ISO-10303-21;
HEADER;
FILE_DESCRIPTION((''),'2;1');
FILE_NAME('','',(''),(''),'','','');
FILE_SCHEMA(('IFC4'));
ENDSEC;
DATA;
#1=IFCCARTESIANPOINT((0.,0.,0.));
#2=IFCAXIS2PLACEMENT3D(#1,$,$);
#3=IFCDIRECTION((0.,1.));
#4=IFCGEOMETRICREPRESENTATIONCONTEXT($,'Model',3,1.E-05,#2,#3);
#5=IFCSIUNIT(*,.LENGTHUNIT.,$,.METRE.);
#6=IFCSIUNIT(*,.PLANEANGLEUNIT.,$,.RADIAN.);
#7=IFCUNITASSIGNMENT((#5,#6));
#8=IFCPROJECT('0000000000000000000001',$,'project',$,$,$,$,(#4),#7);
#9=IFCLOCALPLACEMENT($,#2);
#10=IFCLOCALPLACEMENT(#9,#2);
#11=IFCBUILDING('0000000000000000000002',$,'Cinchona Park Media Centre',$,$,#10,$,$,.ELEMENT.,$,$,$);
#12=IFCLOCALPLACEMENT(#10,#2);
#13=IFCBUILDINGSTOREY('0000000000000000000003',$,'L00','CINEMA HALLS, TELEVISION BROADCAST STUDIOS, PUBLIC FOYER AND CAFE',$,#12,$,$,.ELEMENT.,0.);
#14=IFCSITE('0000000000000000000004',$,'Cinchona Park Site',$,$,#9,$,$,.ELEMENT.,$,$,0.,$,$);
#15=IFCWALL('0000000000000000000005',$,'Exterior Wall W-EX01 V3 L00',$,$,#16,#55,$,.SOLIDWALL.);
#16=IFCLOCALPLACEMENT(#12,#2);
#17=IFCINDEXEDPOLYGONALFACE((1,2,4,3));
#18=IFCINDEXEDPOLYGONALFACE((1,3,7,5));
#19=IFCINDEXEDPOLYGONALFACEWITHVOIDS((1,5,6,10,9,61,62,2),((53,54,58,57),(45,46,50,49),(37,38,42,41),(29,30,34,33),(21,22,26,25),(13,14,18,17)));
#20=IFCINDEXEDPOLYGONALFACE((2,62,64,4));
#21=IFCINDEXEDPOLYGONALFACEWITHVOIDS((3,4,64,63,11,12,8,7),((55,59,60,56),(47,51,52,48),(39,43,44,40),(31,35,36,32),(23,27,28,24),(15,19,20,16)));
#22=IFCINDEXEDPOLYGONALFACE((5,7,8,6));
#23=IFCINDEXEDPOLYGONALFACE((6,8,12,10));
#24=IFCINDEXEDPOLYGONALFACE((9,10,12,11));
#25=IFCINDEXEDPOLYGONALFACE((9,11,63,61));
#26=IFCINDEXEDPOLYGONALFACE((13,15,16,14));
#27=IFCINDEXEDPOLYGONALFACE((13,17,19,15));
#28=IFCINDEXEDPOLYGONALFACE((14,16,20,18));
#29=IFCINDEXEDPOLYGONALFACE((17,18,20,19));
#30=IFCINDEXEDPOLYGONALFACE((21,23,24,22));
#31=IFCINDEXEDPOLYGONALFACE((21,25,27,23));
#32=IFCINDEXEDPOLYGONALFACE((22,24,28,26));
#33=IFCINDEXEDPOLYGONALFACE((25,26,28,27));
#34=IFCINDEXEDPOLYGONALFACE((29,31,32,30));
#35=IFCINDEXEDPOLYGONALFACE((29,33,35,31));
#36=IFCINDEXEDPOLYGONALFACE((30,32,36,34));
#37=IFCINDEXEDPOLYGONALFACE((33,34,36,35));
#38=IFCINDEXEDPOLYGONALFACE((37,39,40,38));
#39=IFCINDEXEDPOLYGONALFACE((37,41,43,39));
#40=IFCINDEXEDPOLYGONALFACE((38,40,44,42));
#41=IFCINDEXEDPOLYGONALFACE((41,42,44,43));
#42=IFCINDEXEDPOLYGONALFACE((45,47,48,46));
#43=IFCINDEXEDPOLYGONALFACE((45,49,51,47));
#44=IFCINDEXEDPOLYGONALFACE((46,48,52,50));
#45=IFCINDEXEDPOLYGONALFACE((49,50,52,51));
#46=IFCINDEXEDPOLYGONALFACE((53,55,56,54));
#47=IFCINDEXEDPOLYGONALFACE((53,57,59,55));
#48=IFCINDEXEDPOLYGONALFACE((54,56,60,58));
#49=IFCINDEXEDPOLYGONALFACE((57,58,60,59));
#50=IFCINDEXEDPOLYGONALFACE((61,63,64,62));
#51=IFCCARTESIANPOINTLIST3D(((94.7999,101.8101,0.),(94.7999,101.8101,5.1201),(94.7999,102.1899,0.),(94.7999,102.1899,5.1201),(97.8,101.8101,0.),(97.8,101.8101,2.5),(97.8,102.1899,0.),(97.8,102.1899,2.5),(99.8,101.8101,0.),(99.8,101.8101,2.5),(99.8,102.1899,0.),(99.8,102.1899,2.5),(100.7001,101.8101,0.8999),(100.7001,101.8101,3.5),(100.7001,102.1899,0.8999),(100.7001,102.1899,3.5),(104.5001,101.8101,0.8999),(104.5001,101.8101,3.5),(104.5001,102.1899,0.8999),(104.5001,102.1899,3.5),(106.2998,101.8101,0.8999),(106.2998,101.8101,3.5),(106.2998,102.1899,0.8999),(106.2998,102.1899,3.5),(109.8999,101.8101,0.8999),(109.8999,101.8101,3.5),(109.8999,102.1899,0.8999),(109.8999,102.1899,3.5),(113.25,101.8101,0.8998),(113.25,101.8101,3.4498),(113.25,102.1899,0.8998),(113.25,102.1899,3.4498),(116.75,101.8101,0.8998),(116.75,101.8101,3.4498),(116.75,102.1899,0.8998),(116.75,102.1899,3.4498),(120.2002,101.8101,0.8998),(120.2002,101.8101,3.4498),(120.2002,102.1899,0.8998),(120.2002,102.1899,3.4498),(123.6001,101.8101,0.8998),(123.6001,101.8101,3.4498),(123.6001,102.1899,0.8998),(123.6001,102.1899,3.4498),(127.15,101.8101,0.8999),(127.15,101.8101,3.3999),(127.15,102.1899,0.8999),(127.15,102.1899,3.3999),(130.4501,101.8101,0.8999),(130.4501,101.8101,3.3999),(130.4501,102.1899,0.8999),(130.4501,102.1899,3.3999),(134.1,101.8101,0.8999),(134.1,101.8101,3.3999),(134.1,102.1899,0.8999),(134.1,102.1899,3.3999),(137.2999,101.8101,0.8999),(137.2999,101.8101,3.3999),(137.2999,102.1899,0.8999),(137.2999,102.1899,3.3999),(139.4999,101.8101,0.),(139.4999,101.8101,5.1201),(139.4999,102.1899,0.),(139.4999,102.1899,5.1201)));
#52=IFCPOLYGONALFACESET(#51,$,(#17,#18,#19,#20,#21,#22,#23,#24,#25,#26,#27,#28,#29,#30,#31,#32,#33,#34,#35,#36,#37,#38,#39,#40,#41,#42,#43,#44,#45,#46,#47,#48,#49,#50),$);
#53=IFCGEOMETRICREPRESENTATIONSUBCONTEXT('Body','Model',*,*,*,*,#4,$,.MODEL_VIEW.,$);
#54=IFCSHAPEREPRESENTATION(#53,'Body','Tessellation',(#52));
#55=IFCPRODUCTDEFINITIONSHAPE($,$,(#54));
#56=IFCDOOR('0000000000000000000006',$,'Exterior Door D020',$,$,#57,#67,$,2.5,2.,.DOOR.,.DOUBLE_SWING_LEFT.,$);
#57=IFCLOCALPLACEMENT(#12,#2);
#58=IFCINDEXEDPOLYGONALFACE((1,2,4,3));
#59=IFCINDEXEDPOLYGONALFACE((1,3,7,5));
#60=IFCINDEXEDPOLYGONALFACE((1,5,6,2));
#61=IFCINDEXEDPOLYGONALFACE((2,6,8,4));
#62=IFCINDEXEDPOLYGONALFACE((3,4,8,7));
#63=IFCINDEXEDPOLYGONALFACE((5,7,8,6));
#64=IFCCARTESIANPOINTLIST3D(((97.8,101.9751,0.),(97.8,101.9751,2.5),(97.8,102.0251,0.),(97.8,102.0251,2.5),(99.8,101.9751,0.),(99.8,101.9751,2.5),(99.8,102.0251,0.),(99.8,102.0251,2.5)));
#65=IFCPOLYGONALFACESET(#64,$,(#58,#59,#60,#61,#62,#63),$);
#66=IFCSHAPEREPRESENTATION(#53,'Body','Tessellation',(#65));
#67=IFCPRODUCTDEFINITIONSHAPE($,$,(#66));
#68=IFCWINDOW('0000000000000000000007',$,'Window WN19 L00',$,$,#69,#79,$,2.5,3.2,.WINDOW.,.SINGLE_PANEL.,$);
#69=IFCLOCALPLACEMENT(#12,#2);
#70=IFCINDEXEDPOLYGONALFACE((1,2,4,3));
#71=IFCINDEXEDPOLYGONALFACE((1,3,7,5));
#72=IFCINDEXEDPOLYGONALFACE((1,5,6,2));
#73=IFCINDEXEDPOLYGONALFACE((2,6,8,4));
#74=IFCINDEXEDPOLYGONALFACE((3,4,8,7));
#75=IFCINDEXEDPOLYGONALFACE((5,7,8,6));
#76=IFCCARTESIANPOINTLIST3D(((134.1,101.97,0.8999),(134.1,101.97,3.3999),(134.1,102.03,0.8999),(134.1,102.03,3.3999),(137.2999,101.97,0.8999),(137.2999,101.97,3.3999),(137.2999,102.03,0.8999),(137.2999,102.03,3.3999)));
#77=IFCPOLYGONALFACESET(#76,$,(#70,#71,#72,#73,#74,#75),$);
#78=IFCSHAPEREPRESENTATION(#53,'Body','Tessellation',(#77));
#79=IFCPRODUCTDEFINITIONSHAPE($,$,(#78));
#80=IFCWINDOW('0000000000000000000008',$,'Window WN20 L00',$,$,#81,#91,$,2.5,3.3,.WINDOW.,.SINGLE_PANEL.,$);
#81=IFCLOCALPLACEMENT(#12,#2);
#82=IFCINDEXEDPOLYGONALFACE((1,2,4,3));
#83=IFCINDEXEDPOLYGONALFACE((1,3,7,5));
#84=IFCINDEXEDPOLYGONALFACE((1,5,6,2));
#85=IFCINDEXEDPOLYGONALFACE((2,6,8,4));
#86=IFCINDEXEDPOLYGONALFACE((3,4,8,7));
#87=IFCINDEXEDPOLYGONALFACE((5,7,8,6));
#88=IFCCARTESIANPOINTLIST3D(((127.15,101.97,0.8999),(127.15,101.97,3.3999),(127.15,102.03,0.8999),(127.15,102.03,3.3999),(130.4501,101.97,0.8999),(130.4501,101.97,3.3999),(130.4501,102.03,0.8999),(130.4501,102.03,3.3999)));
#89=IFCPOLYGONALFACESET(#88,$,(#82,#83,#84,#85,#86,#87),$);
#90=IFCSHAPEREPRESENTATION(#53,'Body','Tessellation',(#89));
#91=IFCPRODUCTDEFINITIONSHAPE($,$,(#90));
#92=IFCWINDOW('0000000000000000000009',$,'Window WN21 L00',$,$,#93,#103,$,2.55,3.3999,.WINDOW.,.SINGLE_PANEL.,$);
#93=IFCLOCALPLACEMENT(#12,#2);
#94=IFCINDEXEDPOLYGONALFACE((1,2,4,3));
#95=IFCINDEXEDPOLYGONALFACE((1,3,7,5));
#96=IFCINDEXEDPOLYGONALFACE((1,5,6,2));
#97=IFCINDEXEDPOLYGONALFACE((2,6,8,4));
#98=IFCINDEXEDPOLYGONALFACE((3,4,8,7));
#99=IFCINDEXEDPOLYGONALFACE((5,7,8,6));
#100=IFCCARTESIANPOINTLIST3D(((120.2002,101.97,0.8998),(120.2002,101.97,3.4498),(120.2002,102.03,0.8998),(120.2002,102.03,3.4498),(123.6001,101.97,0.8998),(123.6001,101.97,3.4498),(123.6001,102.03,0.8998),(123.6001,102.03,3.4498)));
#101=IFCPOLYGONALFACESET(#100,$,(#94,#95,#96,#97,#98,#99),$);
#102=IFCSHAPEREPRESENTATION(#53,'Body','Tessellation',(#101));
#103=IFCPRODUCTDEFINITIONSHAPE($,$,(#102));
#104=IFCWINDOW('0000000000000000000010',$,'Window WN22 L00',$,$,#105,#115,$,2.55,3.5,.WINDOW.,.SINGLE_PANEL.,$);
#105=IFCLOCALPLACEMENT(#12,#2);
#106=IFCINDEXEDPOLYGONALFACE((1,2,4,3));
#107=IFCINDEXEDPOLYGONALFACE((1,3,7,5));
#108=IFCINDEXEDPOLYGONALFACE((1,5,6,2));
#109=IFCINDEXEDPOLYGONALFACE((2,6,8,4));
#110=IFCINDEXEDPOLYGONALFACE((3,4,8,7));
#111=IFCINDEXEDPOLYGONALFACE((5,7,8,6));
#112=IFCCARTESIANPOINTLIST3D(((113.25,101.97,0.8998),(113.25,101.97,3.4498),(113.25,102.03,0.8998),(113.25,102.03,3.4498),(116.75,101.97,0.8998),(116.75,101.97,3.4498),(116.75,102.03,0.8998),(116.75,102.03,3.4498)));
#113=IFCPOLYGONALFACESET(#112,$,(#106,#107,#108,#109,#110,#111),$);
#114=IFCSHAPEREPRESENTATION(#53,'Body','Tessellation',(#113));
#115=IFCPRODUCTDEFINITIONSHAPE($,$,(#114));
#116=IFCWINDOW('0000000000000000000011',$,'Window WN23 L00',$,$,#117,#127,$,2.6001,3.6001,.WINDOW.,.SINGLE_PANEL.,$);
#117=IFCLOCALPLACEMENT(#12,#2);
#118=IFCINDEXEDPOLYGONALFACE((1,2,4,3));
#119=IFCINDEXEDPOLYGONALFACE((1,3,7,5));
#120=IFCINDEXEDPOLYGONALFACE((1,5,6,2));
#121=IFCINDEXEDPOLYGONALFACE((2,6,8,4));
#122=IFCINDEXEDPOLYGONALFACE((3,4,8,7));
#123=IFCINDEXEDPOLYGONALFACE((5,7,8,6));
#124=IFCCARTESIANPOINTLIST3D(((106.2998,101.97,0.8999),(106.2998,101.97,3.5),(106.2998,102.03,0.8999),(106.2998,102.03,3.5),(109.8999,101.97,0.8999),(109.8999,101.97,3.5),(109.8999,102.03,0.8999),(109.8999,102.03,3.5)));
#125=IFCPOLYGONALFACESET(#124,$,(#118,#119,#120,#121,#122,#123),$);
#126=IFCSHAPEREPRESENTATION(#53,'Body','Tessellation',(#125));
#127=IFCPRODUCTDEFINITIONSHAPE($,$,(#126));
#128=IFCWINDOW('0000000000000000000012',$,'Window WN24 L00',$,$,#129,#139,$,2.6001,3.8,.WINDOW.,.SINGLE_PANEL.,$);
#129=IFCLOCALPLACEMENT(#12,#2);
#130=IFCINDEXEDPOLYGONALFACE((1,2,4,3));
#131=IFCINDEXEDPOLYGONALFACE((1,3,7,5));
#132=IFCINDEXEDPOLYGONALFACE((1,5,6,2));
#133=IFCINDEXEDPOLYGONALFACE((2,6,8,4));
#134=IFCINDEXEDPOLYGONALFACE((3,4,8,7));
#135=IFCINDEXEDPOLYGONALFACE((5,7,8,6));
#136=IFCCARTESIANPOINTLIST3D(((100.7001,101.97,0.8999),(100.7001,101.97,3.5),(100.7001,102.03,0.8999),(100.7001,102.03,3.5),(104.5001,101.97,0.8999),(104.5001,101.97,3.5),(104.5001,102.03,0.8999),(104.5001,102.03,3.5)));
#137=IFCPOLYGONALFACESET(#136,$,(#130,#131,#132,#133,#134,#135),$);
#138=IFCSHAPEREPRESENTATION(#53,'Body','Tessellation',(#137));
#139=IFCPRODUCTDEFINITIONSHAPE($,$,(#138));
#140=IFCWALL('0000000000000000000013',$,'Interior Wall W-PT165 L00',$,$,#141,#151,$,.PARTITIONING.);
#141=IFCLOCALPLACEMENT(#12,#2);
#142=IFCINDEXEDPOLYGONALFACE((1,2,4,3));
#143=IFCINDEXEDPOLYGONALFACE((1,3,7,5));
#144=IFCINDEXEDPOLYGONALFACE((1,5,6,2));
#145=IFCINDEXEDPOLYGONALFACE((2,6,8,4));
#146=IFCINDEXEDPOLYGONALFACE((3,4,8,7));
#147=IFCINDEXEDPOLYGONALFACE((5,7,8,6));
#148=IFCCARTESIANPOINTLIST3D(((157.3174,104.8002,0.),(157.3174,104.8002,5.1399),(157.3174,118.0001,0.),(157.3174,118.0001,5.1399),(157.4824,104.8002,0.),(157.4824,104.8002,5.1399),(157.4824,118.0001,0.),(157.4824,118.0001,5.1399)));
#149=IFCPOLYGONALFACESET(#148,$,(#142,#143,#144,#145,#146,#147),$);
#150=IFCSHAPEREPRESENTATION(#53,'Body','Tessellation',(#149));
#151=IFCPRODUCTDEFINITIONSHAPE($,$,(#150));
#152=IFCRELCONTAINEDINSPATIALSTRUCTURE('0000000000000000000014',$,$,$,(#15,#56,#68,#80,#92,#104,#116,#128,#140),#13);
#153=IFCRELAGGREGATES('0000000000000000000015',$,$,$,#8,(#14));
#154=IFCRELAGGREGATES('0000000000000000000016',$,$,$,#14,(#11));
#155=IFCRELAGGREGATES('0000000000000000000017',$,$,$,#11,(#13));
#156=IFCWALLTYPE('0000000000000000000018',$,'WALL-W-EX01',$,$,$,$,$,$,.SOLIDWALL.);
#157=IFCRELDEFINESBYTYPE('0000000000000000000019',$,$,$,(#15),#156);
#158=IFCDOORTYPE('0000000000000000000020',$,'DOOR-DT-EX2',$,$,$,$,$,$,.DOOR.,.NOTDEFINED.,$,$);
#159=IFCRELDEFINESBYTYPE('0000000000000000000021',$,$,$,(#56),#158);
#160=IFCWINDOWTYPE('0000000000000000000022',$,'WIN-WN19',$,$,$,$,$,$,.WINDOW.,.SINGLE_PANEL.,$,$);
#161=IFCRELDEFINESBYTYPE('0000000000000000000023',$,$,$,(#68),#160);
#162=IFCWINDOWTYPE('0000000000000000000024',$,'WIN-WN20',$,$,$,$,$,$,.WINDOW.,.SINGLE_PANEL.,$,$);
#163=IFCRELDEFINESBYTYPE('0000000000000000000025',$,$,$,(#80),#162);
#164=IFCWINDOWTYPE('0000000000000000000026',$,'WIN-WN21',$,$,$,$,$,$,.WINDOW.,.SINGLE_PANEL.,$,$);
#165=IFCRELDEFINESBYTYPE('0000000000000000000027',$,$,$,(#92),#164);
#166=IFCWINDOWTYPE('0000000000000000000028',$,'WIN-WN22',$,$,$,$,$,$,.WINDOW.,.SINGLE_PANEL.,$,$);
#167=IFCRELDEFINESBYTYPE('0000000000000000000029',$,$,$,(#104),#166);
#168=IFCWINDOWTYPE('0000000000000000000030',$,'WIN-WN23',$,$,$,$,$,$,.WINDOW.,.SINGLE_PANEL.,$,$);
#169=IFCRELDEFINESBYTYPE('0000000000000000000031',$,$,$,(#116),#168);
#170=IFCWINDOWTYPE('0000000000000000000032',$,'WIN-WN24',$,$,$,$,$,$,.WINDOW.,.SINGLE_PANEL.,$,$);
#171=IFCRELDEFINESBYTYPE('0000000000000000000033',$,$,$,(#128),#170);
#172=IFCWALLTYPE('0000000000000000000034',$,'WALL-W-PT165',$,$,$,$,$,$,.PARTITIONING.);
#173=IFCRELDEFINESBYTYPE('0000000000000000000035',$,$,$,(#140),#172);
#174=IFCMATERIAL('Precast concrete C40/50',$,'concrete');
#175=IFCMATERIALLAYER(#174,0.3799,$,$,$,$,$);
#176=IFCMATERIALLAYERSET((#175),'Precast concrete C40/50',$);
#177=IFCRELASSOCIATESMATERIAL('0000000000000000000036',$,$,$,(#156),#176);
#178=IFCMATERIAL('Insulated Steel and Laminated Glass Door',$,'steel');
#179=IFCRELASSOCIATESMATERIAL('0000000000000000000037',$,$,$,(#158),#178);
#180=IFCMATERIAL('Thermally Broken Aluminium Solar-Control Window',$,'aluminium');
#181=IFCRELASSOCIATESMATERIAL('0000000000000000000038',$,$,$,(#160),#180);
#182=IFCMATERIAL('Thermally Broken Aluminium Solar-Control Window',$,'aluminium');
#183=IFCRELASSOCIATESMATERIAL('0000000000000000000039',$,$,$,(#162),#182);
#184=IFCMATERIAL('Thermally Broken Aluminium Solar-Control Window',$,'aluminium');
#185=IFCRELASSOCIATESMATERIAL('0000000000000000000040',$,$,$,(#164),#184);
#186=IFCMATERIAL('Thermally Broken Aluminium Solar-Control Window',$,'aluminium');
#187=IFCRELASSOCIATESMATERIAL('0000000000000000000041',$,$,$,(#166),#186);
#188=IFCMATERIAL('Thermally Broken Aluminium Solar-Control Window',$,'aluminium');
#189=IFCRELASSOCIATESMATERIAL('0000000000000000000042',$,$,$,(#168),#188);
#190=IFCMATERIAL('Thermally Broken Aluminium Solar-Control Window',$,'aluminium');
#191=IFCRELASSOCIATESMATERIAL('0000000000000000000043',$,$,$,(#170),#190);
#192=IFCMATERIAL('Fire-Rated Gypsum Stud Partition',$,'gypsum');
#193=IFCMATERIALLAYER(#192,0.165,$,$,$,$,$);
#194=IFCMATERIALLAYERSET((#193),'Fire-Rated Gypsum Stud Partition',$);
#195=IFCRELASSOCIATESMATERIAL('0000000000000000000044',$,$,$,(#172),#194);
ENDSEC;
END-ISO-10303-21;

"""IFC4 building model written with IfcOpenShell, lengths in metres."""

from ifc_helpers import new_model, si_unit, direction, frame, frame_2d, origin, place, context, subcontext, project, spatial, rectangle, extrude, material, layer, layer_set, type_object, element, fill, save


model = new_model("IFC4")

# Units and contexts
model_context = context("Model", 3, precision=1e-05, world=origin(), true_north=direction((0.0, 1.0)))
body_context = subcontext(model_context, "Body", "Model", "MODEL_VIEW")
ifc_project = project(units=[si_unit("LENGTHUNIT", "METRE"), si_unit("PLANEANGLEUNIT", "RADIAN")], contexts=[model_context])

# Site, building, storey
site_placement = place(None, origin())
site = spatial("IfcSite", under=ifc_project, at=site_placement, Name="Cinchona Park Site", CompositionType="ELEMENT", RefElevation=0.0)
building_placement = place(site_placement, origin())
building = spatial("IfcBuilding", under=site, at=building_placement, Name="Cinchona Park Media Centre", CompositionType="ELEMENT")
storey_placement = place(building_placement, origin())
storey = spatial("IfcBuildingStorey", under=building, at=storey_placement, Name="L00", Description="CINEMA HALLS, TELEVISION BROADCAST STUDIOS, PUBLIC FOYER AND CAFE", CompositionType="ELEMENT", Elevation=0.0)

# Wall, openings, door, windows
ifc_material_1 = material(Name="Precast concrete C40/50", Category="concrete")
ifc_layer_1 = layer(ifc_material_1, 0.3799)
ifc_layer_set_1 = layer_set([ifc_layer_1], Name="Precast concrete C40/50")
wall_type_1 = type_object("IfcWallType", Name="WALL-W-EX01", PredefinedType="SOLIDWALL", material=ifc_layer_set_1)
wall_1_placement = place(storey_placement, frame((139.5, 102.0, 0.0), z_axis=(0.0, 0.0, 1.0), x_axis=(-1.0, 0.0, 0.0)))
wall_1 = element("IfcWall", 1, at=wall_1_placement, inside=storey, type_object=wall_type_1, Name="Exterior Wall W-EX01 V3 L00", PredefinedType="SOLIDWALL", context=body_context, shape_type="SweptSolid", body=[
    extrude(rectangle(XDim=44.7, YDim=0.3799, at=frame_2d((22.3501, 0.0))), origin(), (0.0, 0.0, 1.0), 5.1201),
])
opening_1_placement = place(wall_1_placement, frame((39.7, 0.0, 0.0)))
opening_1 = element("IfcOpeningElement", 2, at=opening_1_placement, cuts=wall_1, PredefinedType="OPENING", context=body_context, shape_type="SweptSolid", body=[
    extrude(rectangle(XDim=2.0, YDim=2.5, at=frame_2d((1.0, 1.25))), frame((0.0, 0.2, 0.0), z_axis=(0.0, -1.0, 0.0), x_axis=(1.0, 0.0, 0.0)), (0.0, 0.0, 1.0), 0.3999),
])
opening_2_placement = place(wall_1_placement, frame((2.2, 0.0, 0.8999)))
opening_2 = element("IfcOpeningElement", 3, at=opening_2_placement, cuts=wall_1, PredefinedType="OPENING", context=body_context, shape_type="SweptSolid", body=[
    extrude(rectangle(XDim=3.2, YDim=2.5, at=frame_2d((1.6001, 1.25))), frame((0.0, 0.2, 0.0), z_axis=(0.0, -1.0, 0.0), x_axis=(1.0, 0.0, 0.0)), (0.0, 0.0, 1.0), 0.3999),
])
opening_3_placement = place(wall_1_placement, frame((9.05, 0.0, 0.8999)))
opening_3 = element("IfcOpeningElement", 4, at=opening_3_placement, cuts=wall_1, PredefinedType="OPENING", context=body_context, shape_type="SweptSolid", body=[
    extrude(rectangle(XDim=3.3, YDim=2.5, at=frame_2d((1.6499, 1.25))), frame((0.0, 0.2, 0.0), z_axis=(0.0, -1.0, 0.0), x_axis=(1.0, 0.0, 0.0)), (0.0, 0.0, 1.0), 0.3999),
])
opening_4_placement = place(wall_1_placement, frame((15.8999, 0.0, 0.8999)))
opening_4 = element("IfcOpeningElement", 5, at=opening_4_placement, cuts=wall_1, PredefinedType="OPENING", context=body_context, shape_type="SweptSolid", body=[
    extrude(rectangle(XDim=3.3999, YDim=2.55, at=frame_2d((1.7, 1.2749))), frame((0.0, 0.2, 0.0), z_axis=(0.0, -1.0, 0.0), x_axis=(1.0, 0.0, 0.0)), (0.0, 0.0, 1.0), 0.3999),
])
opening_5_placement = place(wall_1_placement, frame((22.75, 0.0, 0.8999)))
opening_5 = element("IfcOpeningElement", 6, at=opening_5_placement, cuts=wall_1, PredefinedType="OPENING", context=body_context, shape_type="SweptSolid", body=[
    extrude(rectangle(XDim=3.5, YDim=2.55, at=frame_2d((1.75, 1.2749))), frame((0.0, 0.2, 0.0), z_axis=(0.0, -1.0, 0.0), x_axis=(1.0, 0.0, 0.0)), (0.0, 0.0, 1.0), 0.3999),
])
opening_6_placement = place(wall_1_placement, frame((29.6001, 0.0, 0.8999)))
opening_6 = element("IfcOpeningElement", 7, at=opening_6_placement, cuts=wall_1, PredefinedType="OPENING", context=body_context, shape_type="SweptSolid", body=[
    extrude(rectangle(XDim=3.6001, YDim=2.6001, at=frame_2d((1.8, 1.3))), frame((0.0, 0.2, 0.0), z_axis=(0.0, -1.0, 0.0), x_axis=(1.0, 0.0, 0.0)), (0.0, 0.0, 1.0), 0.3999),
])
opening_7_placement = place(wall_1_placement, frame((35.0, 0.0, 0.8999)))
opening_7 = element("IfcOpeningElement", 8, at=opening_7_placement, cuts=wall_1, PredefinedType="OPENING", context=body_context, shape_type="SweptSolid", body=[
    extrude(rectangle(XDim=3.8, YDim=2.6001, at=frame_2d((1.8999, 1.3))), frame((0.0, 0.2, 0.0), z_axis=(0.0, -1.0, 0.0), x_axis=(1.0, 0.0, 0.0)), (0.0, 0.0, 1.0), 0.3999),
])
ifc_material_2 = material(Name="Insulated Steel and Laminated Glass Door", Category="steel")
door_type_1 = type_object("IfcDoorType", Name="DOOR-DT-EX2", OperationType="NOTDEFINED", PredefinedType="DOOR", material=ifc_material_2)
door_1_placement = place(opening_1_placement, origin())
door_1 = element("IfcDoor", 9, at=door_1_placement, inside=storey, type_object=door_type_1, Name="Exterior Door D020", OperationType="DOUBLE_SWING_LEFT", OverallHeight=2.5, OverallWidth=2.0, PredefinedType="DOOR", context=body_context, shape_type="SweptSolid", body=[
    extrude(rectangle(XDim=2.0, YDim=2.5, at=frame_2d((1.0, 1.25))), frame((0.0, 0.0249, 0.0), z_axis=(0.0, -1.0, 0.0), x_axis=(1.0, 0.0, 0.0)), (0.0, 0.0, 1.0), 0.05),
])
fill(opening_1, door_1)
ifc_material_3 = material(Name="Thermally Broken Aluminium Solar-Control Window", Category="aluminium")
window_type_1 = type_object("IfcWindowType", Name="WIN-WN19", PartitioningType="SINGLE_PANEL", PredefinedType="WINDOW", material=ifc_material_3)
window_1_placement = place(opening_2_placement, origin())
window_1 = element("IfcWindow", 10, at=window_1_placement, inside=storey, type_object=window_type_1, Name="Window WN19 L00", OverallHeight=2.5, OverallWidth=3.2, PartitioningType="SINGLE_PANEL", PredefinedType="WINDOW", context=body_context, shape_type="SweptSolid", body=[
    extrude(rectangle(XDim=3.2, YDim=2.5, at=frame_2d((1.6001, 1.25))), frame((0.0, 0.03, 0.0), z_axis=(0.0, -1.0, 0.0), x_axis=(1.0, 0.0, 0.0)), (0.0, 0.0, 1.0), 0.0601),
])
fill(opening_2, window_1)
ifc_material_4 = material(Name="Thermally Broken Aluminium Solar-Control Window", Category="aluminium")
window_type_2 = type_object("IfcWindowType", Name="WIN-WN20", PartitioningType="SINGLE_PANEL", PredefinedType="WINDOW", material=ifc_material_4)
window_2_placement = place(opening_3_placement, origin())
window_2 = element("IfcWindow", 11, at=window_2_placement, inside=storey, type_object=window_type_2, Name="Window WN20 L00", OverallHeight=2.5, OverallWidth=3.3, PartitioningType="SINGLE_PANEL", PredefinedType="WINDOW", context=body_context, shape_type="SweptSolid", body=[
    extrude(rectangle(XDim=3.3, YDim=2.5, at=frame_2d((1.6499, 1.25))), frame((0.0, 0.03, 0.0), z_axis=(0.0, -1.0, 0.0), x_axis=(1.0, 0.0, 0.0)), (0.0, 0.0, 1.0), 0.0601),
])
fill(opening_3, window_2)
ifc_material_5 = material(Name="Thermally Broken Aluminium Solar-Control Window", Category="aluminium")
window_type_3 = type_object("IfcWindowType", Name="WIN-WN21", PartitioningType="SINGLE_PANEL", PredefinedType="WINDOW", material=ifc_material_5)
window_3_placement = place(opening_4_placement, origin())
window_3 = element("IfcWindow", 12, at=window_3_placement, inside=storey, type_object=window_type_3, Name="Window WN21 L00", OverallHeight=2.55, OverallWidth=3.3999, PartitioningType="SINGLE_PANEL", PredefinedType="WINDOW", context=body_context, shape_type="SweptSolid", body=[
    extrude(rectangle(XDim=3.3999, YDim=2.55, at=frame_2d((1.7, 1.2749))), frame((0.0, 0.03, 0.0), z_axis=(0.0, -1.0, 0.0), x_axis=(1.0, 0.0, 0.0)), (0.0, 0.0, 1.0), 0.0601),
])
fill(opening_4, window_3)
ifc_material_6 = material(Name="Thermally Broken Aluminium Solar-Control Window", Category="aluminium")
window_type_4 = type_object("IfcWindowType", Name="WIN-WN22", PartitioningType="SINGLE_PANEL", PredefinedType="WINDOW", material=ifc_material_6)
window_4_placement = place(opening_5_placement, origin())
window_4 = element("IfcWindow", 13, at=window_4_placement, inside=storey, type_object=window_type_4, Name="Window WN22 L00", OverallHeight=2.55, OverallWidth=3.5, PartitioningType="SINGLE_PANEL", PredefinedType="WINDOW", context=body_context, shape_type="SweptSolid", body=[
    extrude(rectangle(XDim=3.5, YDim=2.55, at=frame_2d((1.75, 1.2749))), frame((0.0, 0.03, 0.0), z_axis=(0.0, -1.0, 0.0), x_axis=(1.0, 0.0, 0.0)), (0.0, 0.0, 1.0), 0.0601),
])
fill(opening_5, window_4)
ifc_material_7 = material(Name="Thermally Broken Aluminium Solar-Control Window", Category="aluminium")
window_type_5 = type_object("IfcWindowType", Name="WIN-WN23", PartitioningType="SINGLE_PANEL", PredefinedType="WINDOW", material=ifc_material_7)
window_5_placement = place(opening_6_placement, origin())
window_5 = element("IfcWindow", 14, at=window_5_placement, inside=storey, type_object=window_type_5, Name="Window WN23 L00", OverallHeight=2.6001, OverallWidth=3.6001, PartitioningType="SINGLE_PANEL", PredefinedType="WINDOW", context=body_context, shape_type="SweptSolid", body=[
    extrude(rectangle(XDim=3.6001, YDim=2.6001, at=frame_2d((1.8, 1.3))), frame((0.0, 0.03, 0.0), z_axis=(0.0, -1.0, 0.0), x_axis=(1.0, 0.0, 0.0)), (0.0, 0.0, 1.0), 0.0601),
])
fill(opening_6, window_5)
ifc_material_8 = material(Name="Thermally Broken Aluminium Solar-Control Window", Category="aluminium")
window_type_6 = type_object("IfcWindowType", Name="WIN-WN24", PartitioningType="SINGLE_PANEL", PredefinedType="WINDOW", material=ifc_material_8)
window_6_placement = place(opening_7_placement, origin())
window_6 = element("IfcWindow", 15, at=window_6_placement, inside=storey, type_object=window_type_6, Name="Window WN24 L00", OverallHeight=2.6001, OverallWidth=3.8, PartitioningType="SINGLE_PANEL", PredefinedType="WINDOW", context=body_context, shape_type="SweptSolid", body=[
    extrude(rectangle(XDim=3.8, YDim=2.6001, at=frame_2d((1.8999, 1.3))), frame((0.0, 0.03, 0.0), z_axis=(0.0, -1.0, 0.0), x_axis=(1.0, 0.0, 0.0)), (0.0, 0.0, 1.0), 0.0601),
])
fill(opening_7, window_6)

# Wall
ifc_material_9 = material(Name="Fire-Rated Gypsum Stud Partition", Category="gypsum")
ifc_layer_2 = layer(ifc_material_9, 0.165)
ifc_layer_set_2 = layer_set([ifc_layer_2], Name="Fire-Rated Gypsum Stud Partition")
wall_type_2 = type_object("IfcWallType", Name="WALL-W-PT165", PredefinedType="PARTITIONING", material=ifc_layer_set_2)
wall_2_placement = place(storey_placement, frame((157.3999, 104.8, 0.0), z_axis=(0.0, 0.0, 1.0), x_axis=(0.0, 1.0, 0.0)))
element("IfcWall", 16, at=wall_2_placement, inside=storey, type_object=wall_type_2, Name="Interior Wall W-PT165 L00", PredefinedType="PARTITIONING", context=body_context, shape_type="SweptSolid", body=[
    extrude(rectangle(XDim=13.2, YDim=0.165, at=frame_2d((6.6001, 0.0))), origin(), (0.0, 0.0, 1.0), 5.1399),
])

save(model, "model.ifc")
